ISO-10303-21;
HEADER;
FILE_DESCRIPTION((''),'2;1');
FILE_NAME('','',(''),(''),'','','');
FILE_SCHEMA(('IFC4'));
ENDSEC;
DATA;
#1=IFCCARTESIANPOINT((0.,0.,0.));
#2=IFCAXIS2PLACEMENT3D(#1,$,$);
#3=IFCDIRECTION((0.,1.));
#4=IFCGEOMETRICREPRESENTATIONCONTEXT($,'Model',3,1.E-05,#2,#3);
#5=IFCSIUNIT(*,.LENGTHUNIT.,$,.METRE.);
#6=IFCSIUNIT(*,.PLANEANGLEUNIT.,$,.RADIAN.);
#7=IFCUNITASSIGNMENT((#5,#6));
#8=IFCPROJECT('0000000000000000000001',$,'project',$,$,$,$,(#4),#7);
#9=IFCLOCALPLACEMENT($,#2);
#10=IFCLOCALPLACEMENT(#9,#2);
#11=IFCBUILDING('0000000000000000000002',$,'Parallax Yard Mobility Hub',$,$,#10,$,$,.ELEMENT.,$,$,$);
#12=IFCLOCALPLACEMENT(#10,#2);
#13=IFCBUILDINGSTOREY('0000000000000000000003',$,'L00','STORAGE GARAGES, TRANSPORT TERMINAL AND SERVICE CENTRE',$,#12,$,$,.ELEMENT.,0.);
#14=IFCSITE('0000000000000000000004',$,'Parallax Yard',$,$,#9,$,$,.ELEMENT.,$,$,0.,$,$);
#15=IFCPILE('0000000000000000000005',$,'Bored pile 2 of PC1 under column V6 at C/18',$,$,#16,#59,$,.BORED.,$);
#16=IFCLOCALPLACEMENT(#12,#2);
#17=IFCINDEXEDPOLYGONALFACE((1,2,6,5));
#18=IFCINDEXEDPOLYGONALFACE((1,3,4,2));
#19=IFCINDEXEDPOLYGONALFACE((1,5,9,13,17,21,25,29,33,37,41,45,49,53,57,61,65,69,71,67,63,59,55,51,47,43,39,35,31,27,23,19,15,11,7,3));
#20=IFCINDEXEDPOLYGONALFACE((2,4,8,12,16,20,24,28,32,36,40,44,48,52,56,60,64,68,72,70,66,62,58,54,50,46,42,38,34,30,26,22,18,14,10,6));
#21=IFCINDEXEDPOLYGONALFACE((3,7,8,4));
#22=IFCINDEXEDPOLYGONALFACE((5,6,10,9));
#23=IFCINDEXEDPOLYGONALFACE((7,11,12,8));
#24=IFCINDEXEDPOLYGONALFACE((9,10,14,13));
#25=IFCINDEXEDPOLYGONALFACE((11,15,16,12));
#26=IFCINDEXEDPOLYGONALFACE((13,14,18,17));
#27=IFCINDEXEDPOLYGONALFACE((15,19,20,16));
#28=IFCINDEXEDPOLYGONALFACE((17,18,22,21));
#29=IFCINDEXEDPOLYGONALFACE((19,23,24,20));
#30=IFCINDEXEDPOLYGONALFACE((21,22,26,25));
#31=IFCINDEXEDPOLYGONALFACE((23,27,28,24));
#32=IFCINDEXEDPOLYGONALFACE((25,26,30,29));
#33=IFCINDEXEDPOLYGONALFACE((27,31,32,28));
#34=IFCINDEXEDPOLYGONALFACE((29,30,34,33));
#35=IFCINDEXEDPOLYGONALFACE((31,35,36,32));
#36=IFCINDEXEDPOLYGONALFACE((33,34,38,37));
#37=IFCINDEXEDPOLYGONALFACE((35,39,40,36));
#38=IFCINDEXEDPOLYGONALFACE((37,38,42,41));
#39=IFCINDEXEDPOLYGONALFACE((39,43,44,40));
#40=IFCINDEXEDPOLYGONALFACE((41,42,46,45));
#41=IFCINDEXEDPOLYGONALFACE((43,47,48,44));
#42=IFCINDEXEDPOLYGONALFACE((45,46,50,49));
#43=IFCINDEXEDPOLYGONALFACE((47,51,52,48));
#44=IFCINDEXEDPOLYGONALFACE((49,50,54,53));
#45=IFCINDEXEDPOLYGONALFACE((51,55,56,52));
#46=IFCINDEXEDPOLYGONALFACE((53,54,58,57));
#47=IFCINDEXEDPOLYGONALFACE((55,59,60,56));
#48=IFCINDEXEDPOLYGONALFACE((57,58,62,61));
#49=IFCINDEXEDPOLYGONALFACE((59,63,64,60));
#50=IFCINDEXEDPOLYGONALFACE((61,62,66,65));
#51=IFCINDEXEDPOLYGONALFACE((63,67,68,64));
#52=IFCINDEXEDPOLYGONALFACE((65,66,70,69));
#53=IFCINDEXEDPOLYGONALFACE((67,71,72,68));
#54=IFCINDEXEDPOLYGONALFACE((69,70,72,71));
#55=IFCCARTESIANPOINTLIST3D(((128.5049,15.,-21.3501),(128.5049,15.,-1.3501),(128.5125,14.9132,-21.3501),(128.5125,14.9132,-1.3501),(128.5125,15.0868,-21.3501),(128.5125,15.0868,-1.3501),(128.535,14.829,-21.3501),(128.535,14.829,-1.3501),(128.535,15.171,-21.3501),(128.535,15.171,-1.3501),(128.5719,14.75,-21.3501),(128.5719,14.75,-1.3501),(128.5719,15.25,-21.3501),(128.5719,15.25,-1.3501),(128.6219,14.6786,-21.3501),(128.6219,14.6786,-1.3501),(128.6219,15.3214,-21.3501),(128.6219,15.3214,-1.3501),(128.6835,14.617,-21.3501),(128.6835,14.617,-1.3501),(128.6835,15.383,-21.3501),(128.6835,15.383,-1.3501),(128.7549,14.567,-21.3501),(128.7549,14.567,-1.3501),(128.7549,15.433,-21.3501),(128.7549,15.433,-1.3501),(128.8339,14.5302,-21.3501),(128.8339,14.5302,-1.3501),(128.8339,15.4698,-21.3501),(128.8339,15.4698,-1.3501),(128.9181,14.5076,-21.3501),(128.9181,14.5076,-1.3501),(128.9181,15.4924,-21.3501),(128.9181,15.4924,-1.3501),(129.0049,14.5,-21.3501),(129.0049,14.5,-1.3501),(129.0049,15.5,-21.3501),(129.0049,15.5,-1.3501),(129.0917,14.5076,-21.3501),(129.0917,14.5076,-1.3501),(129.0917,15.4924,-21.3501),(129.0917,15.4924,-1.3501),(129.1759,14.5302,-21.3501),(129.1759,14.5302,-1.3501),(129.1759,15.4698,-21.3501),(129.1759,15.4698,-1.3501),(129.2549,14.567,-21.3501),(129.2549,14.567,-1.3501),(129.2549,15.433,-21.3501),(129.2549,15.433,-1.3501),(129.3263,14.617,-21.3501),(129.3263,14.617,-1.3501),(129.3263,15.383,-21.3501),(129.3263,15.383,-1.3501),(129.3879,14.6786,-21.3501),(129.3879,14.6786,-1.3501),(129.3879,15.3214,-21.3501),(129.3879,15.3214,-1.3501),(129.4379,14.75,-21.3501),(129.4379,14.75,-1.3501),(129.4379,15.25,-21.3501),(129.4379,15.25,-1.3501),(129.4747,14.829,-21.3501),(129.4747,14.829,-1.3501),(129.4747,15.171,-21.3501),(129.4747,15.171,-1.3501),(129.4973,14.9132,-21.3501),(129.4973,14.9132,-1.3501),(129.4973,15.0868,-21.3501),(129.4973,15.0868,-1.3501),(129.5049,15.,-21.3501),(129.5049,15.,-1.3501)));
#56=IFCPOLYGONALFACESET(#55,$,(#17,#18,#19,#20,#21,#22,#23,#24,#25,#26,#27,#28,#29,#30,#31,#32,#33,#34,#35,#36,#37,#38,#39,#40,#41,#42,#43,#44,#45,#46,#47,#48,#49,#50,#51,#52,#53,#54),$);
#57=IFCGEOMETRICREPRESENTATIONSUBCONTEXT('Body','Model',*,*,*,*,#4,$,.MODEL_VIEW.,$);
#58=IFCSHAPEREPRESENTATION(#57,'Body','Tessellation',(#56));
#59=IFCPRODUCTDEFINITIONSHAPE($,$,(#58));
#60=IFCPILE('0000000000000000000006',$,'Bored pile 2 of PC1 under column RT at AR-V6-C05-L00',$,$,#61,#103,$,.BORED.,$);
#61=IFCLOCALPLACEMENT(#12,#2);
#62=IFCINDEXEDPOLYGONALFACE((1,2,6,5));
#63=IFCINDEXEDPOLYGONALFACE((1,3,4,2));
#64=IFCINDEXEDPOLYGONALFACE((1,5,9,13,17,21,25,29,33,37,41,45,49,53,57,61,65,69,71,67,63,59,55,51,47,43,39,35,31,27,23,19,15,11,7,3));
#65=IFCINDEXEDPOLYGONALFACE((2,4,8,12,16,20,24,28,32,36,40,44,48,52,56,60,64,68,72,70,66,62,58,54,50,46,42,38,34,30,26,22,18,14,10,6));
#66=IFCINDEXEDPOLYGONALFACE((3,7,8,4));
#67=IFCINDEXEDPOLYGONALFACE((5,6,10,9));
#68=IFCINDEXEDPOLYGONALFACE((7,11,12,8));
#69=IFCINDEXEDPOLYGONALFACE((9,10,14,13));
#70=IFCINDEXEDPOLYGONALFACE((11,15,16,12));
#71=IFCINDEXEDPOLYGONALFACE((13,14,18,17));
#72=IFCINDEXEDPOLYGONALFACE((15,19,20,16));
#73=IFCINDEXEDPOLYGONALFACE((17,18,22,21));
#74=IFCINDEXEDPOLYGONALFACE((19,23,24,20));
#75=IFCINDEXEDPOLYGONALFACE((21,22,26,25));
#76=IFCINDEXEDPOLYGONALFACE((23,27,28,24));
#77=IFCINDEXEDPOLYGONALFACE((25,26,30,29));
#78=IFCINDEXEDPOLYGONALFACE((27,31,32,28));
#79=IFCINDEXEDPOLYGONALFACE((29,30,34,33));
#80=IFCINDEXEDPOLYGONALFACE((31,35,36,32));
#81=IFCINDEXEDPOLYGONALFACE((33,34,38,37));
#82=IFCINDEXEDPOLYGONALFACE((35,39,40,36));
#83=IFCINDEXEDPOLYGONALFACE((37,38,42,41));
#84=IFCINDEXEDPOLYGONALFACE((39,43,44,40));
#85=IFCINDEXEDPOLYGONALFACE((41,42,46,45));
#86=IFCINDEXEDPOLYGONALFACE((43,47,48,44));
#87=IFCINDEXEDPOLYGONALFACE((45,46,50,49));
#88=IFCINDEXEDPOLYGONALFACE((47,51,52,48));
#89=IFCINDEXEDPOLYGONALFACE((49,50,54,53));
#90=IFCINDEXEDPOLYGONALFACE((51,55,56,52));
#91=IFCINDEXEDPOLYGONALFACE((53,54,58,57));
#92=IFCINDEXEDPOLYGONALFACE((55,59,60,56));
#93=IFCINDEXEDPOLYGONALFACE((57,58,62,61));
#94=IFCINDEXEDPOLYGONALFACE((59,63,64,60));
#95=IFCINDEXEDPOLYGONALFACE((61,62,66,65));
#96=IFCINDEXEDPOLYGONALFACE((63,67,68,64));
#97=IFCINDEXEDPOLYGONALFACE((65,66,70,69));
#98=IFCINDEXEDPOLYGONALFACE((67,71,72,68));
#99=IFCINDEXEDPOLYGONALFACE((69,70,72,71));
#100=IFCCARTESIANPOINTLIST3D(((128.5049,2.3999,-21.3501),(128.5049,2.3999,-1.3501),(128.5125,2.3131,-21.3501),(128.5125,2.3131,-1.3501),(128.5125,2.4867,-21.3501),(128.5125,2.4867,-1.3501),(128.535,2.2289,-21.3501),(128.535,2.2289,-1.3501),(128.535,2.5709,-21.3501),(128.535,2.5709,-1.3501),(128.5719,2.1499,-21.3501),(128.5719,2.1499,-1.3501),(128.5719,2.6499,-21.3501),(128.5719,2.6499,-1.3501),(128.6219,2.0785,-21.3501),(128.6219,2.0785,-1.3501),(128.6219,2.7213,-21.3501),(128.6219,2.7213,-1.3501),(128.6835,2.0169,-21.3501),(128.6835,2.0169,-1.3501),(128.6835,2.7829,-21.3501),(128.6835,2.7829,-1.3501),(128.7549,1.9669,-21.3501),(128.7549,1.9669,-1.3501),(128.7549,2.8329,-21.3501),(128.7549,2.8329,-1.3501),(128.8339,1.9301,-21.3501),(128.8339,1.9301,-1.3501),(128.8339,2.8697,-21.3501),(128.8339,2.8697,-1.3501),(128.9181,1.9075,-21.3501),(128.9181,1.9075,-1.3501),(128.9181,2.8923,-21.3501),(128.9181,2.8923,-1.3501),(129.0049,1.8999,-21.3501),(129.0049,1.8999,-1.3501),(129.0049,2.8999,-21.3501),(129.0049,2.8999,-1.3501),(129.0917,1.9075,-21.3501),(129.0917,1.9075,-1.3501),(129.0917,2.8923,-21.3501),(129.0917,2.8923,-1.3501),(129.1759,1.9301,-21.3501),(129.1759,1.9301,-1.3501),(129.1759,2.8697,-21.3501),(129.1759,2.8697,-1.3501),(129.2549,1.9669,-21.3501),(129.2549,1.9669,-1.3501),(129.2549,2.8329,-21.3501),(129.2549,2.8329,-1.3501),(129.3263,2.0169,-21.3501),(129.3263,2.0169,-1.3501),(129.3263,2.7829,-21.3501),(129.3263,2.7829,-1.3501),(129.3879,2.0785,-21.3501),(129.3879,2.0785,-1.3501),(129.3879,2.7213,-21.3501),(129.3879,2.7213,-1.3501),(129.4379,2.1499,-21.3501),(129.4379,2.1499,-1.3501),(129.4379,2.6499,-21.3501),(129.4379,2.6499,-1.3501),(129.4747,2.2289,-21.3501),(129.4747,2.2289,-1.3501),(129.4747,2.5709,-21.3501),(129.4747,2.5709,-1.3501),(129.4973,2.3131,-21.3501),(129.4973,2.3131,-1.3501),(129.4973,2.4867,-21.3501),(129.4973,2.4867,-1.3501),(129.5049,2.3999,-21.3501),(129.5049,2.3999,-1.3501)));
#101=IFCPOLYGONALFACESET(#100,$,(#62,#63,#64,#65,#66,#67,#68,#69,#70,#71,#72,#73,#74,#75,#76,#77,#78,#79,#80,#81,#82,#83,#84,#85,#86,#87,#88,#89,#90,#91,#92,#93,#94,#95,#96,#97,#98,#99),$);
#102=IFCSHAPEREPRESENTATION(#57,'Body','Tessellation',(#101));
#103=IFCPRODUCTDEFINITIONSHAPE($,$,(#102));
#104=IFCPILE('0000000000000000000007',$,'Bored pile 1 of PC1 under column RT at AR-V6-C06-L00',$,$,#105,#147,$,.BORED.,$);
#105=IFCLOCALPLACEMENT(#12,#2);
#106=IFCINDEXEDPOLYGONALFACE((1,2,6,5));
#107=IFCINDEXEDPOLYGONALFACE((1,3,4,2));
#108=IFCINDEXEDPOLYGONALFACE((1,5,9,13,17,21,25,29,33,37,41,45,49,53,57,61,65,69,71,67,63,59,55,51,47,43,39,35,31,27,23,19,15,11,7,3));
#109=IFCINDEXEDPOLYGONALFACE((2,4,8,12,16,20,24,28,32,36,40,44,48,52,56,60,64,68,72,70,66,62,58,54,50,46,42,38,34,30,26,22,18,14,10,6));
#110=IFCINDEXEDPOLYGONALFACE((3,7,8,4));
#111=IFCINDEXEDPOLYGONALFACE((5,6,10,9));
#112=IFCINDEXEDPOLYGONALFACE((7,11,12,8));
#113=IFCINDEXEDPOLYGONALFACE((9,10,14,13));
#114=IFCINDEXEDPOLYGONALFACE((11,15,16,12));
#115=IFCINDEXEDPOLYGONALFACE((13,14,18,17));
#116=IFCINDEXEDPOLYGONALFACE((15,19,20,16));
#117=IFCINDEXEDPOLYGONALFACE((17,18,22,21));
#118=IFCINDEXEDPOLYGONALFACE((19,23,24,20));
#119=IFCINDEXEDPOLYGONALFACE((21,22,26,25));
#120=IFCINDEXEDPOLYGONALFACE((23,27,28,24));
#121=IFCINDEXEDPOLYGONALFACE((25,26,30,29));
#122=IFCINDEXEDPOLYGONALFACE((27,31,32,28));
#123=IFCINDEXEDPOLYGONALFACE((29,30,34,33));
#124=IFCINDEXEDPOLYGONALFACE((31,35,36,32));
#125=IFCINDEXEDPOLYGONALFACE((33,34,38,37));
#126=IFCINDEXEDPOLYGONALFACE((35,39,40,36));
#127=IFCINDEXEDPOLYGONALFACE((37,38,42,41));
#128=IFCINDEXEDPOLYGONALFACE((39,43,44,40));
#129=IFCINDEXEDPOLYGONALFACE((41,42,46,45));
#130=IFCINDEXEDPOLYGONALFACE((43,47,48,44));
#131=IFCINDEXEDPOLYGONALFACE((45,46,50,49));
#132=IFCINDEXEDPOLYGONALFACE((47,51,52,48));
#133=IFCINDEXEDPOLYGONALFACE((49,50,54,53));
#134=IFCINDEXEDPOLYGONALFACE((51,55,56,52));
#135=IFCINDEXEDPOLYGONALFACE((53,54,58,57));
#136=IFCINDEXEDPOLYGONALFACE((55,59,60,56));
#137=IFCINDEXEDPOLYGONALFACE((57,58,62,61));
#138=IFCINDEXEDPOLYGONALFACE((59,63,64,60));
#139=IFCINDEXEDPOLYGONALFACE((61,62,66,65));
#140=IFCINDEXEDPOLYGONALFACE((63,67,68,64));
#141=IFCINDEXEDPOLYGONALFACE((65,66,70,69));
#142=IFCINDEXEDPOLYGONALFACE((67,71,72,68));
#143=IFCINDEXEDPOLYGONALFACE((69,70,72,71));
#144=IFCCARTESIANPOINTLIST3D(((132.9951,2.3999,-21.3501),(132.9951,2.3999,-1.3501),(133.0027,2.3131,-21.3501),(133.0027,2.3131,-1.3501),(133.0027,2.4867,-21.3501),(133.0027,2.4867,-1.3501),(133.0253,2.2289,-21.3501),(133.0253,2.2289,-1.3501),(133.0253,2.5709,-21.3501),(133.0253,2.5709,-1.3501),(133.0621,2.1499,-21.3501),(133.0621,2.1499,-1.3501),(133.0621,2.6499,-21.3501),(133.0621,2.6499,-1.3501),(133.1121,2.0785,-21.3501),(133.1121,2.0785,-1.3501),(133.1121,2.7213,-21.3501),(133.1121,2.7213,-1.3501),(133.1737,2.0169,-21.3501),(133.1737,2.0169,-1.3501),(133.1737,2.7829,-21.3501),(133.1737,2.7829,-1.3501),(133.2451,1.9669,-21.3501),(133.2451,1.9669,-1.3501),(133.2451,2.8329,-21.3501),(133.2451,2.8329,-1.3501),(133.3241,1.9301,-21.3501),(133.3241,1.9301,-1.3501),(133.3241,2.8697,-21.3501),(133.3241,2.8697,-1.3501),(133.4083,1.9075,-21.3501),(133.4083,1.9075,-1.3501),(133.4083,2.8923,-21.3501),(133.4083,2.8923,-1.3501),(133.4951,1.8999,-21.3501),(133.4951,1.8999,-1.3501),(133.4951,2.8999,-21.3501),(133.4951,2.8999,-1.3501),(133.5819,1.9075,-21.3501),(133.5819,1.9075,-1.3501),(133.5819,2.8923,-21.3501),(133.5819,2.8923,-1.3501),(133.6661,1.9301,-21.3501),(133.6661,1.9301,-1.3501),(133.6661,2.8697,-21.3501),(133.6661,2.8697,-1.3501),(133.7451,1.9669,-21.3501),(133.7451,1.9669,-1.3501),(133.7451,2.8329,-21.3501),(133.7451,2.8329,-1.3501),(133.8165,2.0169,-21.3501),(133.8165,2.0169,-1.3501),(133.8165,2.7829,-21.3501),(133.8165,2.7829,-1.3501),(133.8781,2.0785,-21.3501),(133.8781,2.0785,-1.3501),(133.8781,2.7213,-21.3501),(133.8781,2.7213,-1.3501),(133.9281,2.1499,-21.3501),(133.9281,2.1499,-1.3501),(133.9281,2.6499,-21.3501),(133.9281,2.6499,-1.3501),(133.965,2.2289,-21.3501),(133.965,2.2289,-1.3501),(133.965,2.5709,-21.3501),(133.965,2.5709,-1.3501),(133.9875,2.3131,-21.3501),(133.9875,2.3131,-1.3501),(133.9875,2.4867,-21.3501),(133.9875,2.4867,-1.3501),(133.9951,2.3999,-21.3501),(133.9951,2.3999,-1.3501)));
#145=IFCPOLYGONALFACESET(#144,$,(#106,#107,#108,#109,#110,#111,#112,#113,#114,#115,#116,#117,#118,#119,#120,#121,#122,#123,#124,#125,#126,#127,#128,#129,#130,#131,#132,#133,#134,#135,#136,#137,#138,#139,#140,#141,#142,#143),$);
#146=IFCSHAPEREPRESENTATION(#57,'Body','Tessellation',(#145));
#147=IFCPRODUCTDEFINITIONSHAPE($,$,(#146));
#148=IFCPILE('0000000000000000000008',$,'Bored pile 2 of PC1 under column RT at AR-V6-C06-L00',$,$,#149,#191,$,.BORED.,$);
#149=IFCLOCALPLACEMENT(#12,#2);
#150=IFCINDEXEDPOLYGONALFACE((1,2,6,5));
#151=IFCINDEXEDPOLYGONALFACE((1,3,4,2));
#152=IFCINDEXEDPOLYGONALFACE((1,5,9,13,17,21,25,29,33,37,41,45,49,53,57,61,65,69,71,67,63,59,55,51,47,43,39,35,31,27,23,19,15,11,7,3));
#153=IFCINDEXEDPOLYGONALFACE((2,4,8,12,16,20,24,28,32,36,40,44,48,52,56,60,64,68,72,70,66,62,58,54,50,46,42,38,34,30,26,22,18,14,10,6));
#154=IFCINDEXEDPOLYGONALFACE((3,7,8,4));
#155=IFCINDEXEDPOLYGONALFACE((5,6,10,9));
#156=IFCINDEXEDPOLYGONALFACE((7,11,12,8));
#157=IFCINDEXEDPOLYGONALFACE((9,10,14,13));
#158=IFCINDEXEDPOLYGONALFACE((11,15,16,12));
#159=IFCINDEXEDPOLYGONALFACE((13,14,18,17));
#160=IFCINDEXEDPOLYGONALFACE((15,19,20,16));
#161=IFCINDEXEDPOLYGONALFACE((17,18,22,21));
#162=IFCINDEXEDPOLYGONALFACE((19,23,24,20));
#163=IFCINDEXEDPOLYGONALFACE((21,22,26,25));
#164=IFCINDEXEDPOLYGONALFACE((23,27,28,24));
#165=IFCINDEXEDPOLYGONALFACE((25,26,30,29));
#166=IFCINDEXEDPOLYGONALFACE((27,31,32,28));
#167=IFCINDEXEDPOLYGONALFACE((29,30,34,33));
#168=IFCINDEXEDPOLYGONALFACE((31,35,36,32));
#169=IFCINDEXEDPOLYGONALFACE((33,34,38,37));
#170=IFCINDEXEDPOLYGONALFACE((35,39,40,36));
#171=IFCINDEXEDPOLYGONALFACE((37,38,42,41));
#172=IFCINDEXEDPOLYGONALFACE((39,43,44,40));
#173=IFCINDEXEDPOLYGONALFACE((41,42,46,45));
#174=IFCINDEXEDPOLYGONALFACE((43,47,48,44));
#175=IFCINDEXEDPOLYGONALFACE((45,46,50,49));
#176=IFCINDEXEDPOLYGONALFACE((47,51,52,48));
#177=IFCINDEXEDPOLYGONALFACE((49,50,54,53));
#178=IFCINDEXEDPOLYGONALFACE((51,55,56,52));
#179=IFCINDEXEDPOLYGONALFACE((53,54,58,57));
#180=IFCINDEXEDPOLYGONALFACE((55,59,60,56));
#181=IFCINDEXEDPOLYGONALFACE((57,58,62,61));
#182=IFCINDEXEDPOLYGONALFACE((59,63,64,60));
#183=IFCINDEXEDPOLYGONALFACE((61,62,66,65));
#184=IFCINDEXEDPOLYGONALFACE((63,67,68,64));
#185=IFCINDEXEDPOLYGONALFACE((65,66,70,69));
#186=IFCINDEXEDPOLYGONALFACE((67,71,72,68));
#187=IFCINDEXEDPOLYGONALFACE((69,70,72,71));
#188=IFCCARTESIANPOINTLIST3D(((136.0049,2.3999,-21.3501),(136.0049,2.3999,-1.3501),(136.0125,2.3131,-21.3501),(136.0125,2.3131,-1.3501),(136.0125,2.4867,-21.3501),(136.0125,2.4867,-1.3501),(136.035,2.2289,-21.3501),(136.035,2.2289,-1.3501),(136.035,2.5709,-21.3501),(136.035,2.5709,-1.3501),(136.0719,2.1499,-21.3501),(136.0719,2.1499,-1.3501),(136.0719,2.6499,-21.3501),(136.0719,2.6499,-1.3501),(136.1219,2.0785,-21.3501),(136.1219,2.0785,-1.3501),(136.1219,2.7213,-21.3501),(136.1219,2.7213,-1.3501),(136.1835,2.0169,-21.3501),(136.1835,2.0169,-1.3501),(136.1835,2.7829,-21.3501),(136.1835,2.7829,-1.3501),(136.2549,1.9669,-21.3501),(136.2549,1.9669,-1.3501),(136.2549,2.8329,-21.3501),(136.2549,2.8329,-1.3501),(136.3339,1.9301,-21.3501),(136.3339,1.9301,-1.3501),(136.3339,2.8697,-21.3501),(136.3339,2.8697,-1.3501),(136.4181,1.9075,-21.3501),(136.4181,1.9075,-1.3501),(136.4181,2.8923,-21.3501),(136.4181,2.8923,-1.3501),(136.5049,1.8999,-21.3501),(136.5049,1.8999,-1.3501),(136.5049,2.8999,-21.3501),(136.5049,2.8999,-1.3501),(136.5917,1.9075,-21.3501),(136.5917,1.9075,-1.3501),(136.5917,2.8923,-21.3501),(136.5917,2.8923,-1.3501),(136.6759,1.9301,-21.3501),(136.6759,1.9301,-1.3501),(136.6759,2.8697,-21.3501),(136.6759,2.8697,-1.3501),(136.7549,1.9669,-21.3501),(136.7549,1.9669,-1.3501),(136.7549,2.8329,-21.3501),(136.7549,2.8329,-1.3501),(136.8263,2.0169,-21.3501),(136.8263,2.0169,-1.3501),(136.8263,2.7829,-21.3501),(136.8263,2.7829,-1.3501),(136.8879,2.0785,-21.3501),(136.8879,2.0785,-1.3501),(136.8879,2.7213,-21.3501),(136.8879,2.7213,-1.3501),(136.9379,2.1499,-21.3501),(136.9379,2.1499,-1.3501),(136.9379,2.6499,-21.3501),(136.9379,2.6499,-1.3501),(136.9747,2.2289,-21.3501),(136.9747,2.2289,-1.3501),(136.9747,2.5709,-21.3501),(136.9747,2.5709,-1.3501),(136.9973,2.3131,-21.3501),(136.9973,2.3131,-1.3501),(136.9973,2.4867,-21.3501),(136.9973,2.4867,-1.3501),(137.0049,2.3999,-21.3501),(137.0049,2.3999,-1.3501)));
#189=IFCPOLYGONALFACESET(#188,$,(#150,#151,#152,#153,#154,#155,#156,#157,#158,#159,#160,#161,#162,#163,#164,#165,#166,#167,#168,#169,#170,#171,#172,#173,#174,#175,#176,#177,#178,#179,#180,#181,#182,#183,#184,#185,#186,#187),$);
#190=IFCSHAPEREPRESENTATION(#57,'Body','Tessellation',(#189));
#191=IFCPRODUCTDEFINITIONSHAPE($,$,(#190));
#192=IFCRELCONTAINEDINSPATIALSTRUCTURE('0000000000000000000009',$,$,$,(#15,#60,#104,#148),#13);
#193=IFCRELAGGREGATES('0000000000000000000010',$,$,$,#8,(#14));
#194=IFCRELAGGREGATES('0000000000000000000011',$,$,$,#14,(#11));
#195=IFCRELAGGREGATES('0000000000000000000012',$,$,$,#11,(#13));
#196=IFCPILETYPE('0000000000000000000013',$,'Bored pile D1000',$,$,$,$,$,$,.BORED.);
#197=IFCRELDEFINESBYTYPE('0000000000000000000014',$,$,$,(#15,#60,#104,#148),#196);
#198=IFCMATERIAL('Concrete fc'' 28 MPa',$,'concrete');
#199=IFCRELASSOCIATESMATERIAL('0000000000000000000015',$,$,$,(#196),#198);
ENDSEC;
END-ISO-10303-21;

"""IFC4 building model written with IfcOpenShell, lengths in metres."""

from ifc_helpers import new_model, si_unit, direction, frame, origin, origin_2d, place, context, subcontext, project, spatial, circle, extrude, material, material_profile, profile_set, type_object, element, save


model = new_model("IFC4")

# Units and contexts
model_context = context("Model", 3, precision=1e-05, world=origin(), true_north=direction((0.0, 1.0)))
body_context = subcontext(model_context, "Body", "Model", "MODEL_VIEW")
ifc_project = project(units=[si_unit("LENGTHUNIT", "METRE"), si_unit("PLANEANGLEUNIT", "RADIAN")], contexts=[model_context])

# Site, building, storey
site_placement = place(None, origin())
site = spatial("IfcSite", under=ifc_project, at=site_placement, Name="Parallax Yard", CompositionType="ELEMENT", RefElevation=0.0)
building_placement = place(site_placement, origin())
building = spatial("IfcBuilding", under=site, at=building_placement, Name="Parallax Yard Mobility Hub", CompositionType="ELEMENT")
storey_placement = place(building_placement, origin())
storey = spatial("IfcBuildingStorey", under=building, at=storey_placement, Name="L00", Description="STORAGE GARAGES, TRANSPORT TERMINAL AND SERVICE CENTRE", CompositionType="ELEMENT", Elevation=0.0)

# Piles
ifc_material_1 = material(Name="Concrete fc' 28 MPa", Category="concrete")
ifc_material_profile_1 = material_profile(ifc_material_1, circle(Radius=0.5, at=origin_2d()), Name="Bored pile D1000")
ifc_profile_set_1 = profile_set([ifc_material_profile_1], Name="Concrete fc' 28 MPa")
pile_type = type_object("IfcPileType", Name="Bored pile D1000", PredefinedType="BORED", material=ifc_profile_set_1)
for number, where, z_axis, x_axis, name in (
    (1, (129.0049, 15.0, -1.3501), (0.0, 0.0, -1.0), (1.0, 0.0, 0.0), "Bored pile 2 of PC1 under column V6 at C/18"),
    (2, (129.0049, 2.3999, -1.3501), (0.0, 0.0, -1.0), (1.0, 0.0, 0.0), "Bored pile 2 of PC1 under column RT at AR-V6-C05-L00"),
    (3, (133.4951, 2.3999, -1.3501), (0.0, 0.0, -1.0), (1.0, 0.0, 0.0), "Bored pile 1 of PC1 under column RT at AR-V6-C06-L00"),
    (4, (136.5049, 2.3999, -1.3501), (0.0, 0.0, -1.0), (1.0, 0.0, 0.0), "Bored pile 2 of PC1 under column RT at AR-V6-C06-L00"),
):
    element("IfcPile", number, at=place(storey_placement, frame(where, z_axis=z_axis, x_axis=x_axis)), inside=storey, type_object=pile_type, Name=name, PredefinedType="BORED", context=body_context, shape_type="SweptSolid", body=[
        extrude(circle(Radius=0.5, at=origin_2d()), origin(), (0.0, 0.0, 1.0), 20.0),
    ])

save(model, "model.ifc")
